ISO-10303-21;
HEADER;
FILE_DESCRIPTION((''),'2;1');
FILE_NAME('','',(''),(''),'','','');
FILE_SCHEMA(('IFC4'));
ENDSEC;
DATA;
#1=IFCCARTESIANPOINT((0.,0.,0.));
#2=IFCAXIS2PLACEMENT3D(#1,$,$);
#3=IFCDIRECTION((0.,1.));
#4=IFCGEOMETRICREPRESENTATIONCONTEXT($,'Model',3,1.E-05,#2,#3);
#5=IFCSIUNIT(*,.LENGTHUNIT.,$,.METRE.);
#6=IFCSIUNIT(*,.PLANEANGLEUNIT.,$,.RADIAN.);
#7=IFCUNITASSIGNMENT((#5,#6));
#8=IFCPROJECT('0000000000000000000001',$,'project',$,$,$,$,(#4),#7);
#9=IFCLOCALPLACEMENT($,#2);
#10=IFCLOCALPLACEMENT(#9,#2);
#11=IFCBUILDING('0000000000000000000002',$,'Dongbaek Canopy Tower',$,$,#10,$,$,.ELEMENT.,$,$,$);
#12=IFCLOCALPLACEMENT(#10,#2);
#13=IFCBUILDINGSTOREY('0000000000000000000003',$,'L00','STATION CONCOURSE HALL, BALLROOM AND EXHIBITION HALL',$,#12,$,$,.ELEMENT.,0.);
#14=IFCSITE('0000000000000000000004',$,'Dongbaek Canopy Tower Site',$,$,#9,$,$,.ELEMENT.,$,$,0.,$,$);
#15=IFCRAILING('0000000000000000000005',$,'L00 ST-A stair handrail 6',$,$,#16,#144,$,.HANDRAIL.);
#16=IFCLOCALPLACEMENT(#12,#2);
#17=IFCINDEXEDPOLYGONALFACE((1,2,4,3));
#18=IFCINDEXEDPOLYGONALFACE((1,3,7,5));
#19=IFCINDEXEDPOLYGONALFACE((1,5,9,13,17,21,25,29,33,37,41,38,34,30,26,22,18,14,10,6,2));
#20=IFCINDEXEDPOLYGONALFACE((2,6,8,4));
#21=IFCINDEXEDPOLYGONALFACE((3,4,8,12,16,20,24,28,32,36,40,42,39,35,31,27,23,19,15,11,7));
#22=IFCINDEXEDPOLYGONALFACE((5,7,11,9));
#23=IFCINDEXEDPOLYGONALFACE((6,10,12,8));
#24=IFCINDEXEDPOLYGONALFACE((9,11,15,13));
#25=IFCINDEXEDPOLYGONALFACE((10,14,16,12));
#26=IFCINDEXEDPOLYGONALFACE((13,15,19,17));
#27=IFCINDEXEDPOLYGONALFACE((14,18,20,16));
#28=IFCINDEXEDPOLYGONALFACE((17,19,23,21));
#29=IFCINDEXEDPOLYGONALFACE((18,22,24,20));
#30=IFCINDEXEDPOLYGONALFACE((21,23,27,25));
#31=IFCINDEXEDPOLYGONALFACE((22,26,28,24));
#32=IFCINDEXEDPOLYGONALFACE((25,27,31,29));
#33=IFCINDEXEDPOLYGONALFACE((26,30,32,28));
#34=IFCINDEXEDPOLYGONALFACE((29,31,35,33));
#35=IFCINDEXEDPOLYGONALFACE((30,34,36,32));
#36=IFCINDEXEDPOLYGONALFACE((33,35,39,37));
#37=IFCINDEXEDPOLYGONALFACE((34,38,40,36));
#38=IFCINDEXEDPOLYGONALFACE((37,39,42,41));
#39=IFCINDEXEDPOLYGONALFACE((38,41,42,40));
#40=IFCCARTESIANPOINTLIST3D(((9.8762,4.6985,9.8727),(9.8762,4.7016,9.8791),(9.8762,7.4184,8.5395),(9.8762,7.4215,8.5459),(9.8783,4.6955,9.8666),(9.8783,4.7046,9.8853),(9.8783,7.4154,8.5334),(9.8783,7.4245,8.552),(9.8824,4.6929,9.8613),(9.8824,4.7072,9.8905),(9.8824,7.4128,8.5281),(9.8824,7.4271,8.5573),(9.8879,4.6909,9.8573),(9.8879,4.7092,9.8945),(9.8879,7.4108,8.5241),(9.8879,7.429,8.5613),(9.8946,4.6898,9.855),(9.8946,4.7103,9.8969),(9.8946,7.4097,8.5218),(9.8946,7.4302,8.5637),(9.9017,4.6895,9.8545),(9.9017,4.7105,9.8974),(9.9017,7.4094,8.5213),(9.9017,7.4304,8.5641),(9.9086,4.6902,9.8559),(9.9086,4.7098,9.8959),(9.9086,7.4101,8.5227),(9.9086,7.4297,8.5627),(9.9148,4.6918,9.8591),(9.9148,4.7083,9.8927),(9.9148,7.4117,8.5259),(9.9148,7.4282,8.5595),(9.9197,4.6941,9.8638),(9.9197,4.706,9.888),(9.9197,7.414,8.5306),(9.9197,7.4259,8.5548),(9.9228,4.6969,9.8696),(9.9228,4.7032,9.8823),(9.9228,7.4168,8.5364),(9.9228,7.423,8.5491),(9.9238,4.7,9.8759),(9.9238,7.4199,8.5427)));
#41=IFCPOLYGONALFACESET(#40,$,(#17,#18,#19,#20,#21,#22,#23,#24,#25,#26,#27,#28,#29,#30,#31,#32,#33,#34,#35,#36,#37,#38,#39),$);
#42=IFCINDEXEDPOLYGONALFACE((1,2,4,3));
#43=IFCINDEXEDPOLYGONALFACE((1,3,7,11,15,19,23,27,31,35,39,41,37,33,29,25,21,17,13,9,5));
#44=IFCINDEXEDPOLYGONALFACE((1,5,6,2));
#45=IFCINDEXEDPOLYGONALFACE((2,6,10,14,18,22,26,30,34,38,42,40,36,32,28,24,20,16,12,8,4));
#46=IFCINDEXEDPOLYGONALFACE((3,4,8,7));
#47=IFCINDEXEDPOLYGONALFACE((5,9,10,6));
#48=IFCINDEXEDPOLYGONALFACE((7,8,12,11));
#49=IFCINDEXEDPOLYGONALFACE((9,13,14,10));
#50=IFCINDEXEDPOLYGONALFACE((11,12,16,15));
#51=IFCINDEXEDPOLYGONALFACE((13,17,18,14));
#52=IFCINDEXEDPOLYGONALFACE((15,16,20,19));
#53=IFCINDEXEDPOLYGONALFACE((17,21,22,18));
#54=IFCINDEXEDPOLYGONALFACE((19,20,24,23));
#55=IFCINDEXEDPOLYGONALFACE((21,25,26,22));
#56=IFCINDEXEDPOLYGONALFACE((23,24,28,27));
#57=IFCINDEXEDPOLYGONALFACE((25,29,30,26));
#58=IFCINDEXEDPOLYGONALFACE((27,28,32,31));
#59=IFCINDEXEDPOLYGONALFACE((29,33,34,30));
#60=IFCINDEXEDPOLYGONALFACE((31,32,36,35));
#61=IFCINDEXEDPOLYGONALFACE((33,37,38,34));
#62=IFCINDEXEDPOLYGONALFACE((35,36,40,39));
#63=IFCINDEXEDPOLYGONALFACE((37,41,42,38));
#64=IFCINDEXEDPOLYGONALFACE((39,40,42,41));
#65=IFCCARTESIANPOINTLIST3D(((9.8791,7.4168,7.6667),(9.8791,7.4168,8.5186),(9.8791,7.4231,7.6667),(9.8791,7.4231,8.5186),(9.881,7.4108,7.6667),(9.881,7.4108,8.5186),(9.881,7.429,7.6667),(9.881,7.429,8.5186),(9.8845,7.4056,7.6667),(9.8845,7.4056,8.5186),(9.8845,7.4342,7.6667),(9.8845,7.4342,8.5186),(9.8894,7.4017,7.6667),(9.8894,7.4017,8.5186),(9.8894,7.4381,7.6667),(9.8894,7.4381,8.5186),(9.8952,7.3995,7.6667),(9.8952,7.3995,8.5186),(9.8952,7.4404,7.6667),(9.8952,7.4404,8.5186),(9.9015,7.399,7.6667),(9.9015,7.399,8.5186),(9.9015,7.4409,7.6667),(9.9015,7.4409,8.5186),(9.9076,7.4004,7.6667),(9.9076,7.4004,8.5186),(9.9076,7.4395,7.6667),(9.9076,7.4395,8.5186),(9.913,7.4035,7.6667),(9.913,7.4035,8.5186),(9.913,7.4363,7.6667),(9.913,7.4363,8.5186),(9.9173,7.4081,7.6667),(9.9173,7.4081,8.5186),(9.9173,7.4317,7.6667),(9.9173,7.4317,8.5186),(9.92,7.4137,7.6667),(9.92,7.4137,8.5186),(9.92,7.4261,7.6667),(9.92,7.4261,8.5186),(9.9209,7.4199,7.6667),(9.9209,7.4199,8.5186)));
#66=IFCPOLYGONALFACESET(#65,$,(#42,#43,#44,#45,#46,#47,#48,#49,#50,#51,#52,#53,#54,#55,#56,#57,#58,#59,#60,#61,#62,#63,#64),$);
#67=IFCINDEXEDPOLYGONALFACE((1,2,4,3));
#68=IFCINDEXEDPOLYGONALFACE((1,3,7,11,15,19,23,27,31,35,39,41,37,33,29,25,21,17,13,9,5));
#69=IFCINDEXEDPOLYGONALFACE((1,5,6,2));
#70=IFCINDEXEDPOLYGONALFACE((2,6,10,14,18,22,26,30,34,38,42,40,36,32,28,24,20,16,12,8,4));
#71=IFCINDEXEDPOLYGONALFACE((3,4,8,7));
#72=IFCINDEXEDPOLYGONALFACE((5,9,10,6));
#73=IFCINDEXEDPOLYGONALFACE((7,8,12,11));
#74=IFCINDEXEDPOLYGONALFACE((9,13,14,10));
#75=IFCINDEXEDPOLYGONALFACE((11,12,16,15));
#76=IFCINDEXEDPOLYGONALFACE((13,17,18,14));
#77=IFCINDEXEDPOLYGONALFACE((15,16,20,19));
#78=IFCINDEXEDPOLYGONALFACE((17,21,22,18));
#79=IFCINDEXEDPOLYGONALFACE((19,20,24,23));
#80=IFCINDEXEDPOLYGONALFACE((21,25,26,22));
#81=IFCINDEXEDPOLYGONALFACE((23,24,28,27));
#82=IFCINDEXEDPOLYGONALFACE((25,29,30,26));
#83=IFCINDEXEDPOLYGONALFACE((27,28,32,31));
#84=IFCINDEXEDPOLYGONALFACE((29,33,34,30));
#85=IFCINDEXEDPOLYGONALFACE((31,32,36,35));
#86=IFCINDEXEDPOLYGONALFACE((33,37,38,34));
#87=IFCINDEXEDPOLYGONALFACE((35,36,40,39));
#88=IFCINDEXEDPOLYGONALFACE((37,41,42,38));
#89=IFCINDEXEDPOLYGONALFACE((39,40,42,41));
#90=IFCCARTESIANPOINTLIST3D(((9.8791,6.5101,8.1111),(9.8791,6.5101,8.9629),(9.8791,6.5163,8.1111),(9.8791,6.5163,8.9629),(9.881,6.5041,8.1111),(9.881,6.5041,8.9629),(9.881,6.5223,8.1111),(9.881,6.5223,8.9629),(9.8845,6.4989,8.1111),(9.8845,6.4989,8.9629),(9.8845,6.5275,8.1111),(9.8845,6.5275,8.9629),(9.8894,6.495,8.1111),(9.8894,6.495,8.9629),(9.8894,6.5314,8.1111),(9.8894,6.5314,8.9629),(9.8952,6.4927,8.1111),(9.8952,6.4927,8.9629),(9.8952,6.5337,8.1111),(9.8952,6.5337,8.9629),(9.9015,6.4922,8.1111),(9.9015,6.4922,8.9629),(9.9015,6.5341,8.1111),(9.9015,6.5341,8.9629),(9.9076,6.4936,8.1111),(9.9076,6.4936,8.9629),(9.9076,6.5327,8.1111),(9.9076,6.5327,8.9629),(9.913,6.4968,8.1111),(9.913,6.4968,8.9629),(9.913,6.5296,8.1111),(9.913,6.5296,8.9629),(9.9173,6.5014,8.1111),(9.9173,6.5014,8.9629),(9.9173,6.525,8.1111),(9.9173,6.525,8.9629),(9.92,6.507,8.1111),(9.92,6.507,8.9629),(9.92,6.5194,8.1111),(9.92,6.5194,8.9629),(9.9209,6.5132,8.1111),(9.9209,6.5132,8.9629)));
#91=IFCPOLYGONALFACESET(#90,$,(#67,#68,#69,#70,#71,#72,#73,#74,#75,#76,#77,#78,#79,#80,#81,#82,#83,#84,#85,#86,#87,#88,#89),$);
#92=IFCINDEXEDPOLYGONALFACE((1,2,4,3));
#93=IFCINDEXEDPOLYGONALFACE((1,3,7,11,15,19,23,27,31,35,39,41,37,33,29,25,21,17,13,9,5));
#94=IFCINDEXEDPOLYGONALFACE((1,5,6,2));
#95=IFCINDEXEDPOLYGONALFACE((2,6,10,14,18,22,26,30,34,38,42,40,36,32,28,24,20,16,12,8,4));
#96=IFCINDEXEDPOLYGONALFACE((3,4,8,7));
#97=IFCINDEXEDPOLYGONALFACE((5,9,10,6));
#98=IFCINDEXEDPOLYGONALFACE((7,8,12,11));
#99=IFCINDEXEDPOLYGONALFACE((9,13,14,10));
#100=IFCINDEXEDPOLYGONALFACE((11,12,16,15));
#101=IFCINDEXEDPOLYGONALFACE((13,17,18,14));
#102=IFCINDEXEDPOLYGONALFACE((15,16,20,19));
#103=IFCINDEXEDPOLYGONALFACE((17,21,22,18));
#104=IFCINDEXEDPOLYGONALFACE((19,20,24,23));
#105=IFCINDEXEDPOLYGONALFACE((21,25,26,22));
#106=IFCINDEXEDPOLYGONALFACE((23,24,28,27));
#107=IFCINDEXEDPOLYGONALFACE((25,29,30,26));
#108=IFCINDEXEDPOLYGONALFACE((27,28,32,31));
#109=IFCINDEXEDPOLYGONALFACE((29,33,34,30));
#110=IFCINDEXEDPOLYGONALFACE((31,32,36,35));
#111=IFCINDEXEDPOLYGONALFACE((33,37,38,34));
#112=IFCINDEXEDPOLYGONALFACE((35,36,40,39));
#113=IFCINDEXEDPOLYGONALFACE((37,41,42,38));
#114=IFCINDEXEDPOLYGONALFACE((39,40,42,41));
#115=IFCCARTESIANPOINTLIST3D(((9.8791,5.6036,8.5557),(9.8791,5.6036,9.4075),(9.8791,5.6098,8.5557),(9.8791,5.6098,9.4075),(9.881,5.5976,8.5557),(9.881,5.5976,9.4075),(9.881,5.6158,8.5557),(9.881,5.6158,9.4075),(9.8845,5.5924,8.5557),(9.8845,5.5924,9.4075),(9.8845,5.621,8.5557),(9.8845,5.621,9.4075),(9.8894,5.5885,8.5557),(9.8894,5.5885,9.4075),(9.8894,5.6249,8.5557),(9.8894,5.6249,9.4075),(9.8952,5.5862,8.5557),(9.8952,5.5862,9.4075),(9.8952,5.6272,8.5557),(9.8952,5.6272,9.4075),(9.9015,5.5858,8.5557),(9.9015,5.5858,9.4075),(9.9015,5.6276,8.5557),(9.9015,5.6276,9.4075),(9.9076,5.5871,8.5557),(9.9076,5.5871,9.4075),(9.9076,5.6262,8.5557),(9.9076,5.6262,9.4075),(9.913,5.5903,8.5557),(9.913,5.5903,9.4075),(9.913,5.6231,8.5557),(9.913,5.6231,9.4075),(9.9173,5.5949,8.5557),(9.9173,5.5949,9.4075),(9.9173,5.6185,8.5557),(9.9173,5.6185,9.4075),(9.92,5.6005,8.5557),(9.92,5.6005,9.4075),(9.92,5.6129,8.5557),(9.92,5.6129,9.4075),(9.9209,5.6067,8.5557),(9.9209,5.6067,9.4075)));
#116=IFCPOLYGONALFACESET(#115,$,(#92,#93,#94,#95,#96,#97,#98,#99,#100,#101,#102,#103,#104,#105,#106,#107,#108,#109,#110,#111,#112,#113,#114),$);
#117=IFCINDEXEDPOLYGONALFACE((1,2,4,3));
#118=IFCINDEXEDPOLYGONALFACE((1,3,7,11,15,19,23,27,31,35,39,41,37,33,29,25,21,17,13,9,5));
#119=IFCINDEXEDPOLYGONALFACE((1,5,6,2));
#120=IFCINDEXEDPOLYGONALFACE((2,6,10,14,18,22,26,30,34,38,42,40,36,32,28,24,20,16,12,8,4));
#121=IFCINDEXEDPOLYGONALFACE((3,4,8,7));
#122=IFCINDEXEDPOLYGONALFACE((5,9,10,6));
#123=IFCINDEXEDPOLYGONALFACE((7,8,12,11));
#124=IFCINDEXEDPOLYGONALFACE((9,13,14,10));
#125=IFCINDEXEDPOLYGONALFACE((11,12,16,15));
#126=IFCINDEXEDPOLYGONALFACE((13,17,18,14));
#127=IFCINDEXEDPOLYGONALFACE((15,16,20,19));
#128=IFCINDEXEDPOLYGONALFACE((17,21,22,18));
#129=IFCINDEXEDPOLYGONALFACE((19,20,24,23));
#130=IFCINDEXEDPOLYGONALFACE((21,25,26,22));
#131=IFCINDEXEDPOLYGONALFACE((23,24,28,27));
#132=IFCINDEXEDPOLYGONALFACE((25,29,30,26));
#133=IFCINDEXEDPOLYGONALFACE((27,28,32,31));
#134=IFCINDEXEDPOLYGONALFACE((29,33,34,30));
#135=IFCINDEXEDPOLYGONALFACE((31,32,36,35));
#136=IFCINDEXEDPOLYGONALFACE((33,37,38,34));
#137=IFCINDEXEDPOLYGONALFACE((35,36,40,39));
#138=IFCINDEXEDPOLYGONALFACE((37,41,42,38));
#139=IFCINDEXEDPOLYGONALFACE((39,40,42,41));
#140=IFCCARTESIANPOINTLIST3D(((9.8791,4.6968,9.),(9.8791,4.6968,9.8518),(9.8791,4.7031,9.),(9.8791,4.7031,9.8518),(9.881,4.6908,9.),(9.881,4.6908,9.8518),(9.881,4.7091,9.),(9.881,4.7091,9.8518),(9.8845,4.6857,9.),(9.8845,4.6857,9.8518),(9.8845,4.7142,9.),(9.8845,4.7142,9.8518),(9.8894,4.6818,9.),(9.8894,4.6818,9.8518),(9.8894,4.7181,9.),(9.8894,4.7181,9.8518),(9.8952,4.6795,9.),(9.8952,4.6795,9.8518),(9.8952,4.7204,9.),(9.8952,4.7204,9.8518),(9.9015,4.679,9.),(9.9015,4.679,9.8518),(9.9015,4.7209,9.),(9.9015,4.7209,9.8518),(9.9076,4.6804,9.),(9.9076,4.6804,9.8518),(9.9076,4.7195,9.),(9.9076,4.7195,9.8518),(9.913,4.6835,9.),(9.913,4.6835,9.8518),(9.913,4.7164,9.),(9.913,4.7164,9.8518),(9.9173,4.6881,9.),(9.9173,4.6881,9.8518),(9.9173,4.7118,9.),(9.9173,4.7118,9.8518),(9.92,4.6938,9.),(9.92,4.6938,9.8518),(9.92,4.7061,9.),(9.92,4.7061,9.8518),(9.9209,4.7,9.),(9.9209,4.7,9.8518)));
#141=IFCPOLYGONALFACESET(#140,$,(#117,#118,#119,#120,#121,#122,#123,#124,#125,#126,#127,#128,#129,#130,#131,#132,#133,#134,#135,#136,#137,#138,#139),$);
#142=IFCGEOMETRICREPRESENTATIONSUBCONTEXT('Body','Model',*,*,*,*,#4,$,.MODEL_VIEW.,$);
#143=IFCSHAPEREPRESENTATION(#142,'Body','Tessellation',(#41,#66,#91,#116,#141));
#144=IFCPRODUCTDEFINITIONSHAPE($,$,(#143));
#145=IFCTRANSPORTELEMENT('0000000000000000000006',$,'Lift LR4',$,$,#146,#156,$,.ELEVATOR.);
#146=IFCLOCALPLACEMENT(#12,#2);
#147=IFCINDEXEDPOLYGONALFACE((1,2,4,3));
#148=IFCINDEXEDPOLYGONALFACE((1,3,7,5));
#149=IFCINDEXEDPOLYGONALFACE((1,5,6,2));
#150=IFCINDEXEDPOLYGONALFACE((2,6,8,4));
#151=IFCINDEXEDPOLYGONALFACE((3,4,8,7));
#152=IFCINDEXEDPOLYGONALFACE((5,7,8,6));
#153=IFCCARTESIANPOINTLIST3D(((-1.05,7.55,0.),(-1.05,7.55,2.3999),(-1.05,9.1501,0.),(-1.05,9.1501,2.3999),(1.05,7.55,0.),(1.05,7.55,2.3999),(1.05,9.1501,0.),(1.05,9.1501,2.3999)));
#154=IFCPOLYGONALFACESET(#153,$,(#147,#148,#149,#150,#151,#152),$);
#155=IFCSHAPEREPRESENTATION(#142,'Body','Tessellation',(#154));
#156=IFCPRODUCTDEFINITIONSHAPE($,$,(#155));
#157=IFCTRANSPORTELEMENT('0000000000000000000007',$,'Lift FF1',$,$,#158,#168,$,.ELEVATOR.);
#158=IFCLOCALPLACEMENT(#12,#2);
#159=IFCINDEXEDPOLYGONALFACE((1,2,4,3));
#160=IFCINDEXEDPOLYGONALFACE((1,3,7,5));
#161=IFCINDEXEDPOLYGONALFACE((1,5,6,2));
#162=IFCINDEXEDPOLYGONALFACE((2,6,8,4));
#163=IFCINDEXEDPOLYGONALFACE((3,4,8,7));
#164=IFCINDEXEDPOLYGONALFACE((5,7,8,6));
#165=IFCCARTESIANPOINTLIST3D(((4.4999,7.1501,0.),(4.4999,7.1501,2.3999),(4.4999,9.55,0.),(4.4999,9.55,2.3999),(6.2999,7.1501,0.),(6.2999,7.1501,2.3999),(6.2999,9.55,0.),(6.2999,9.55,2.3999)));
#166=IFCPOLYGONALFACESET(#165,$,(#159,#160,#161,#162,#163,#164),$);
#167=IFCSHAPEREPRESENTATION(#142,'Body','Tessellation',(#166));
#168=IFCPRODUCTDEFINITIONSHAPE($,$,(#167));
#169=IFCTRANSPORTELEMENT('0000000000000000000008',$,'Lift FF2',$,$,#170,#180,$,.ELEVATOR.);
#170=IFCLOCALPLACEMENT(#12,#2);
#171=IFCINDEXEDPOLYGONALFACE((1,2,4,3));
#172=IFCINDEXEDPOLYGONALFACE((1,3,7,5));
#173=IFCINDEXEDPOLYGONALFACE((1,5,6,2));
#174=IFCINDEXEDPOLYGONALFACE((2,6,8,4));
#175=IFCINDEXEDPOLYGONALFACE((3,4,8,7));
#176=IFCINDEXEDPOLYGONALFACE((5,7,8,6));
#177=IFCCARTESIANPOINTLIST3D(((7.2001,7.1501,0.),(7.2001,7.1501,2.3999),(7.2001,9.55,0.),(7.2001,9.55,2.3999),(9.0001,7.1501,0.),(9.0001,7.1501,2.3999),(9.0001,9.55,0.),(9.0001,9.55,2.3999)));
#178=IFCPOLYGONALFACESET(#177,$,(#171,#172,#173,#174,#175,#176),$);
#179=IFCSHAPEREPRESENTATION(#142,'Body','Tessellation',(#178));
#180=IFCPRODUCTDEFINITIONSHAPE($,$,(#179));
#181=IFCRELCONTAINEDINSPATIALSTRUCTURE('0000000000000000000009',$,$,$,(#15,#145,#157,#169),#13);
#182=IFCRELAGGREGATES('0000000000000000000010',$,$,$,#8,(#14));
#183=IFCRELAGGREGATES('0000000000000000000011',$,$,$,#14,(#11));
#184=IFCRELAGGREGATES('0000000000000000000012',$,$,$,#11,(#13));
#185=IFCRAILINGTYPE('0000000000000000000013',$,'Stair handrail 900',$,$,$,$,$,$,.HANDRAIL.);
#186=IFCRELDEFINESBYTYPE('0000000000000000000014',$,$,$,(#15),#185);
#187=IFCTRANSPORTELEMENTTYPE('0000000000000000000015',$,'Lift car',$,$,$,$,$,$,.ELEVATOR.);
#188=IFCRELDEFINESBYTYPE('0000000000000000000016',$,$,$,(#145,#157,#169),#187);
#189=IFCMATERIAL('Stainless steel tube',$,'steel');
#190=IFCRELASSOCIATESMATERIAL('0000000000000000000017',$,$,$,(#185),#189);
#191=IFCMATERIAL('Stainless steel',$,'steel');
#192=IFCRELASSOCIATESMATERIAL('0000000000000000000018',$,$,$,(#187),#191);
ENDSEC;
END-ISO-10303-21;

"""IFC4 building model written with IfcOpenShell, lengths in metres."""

from ifc_helpers import new_model, si_unit, direction, frame, origin, origin_2d, place, context, subcontext, project, spatial, rectangle, circle, extrude, material, type_object, element, save


model = new_model("IFC4")

# Units and contexts
model_context = context("Model", 3, precision=1e-05, world=origin(), true_north=direction((0.0, 1.0)))
body_context = subcontext(model_context, "Body", "Model", "MODEL_VIEW")
ifc_project = project(units=[si_unit("LENGTHUNIT", "METRE"), si_unit("PLANEANGLEUNIT", "RADIAN")], contexts=[model_context])

# Site, building, storey
site_placement = place(None, origin())
site = spatial("IfcSite", under=ifc_project, at=site_placement, Name="Dongbaek Canopy Tower Site", CompositionType="ELEMENT", RefElevation=0.0)
building_placement = place(site_placement, origin())
building = spatial("IfcBuilding", under=site, at=building_placement, Name="Dongbaek Canopy Tower", CompositionType="ELEMENT")
storey_placement = place(building_placement, origin())
storey = spatial("IfcBuildingStorey", under=building, at=storey_placement, Name="L00", Description="STATION CONCOURSE HALL, BALLROOM AND EXHIBITION HALL", CompositionType="ELEMENT", Elevation=0.0)

# Railing
ifc_material_1 = material(Name="Stainless steel tube", Category="steel")
railing_type = type_object("IfcRailingType", Name="Stair handrail 900", PredefinedType="HANDRAIL", material=ifc_material_1)
for number, where, name in (
    (1, (9.8999, 7.4199, 7.6667), "L00 ST-A stair handrail 6"),
):
    element("IfcRailing", number, at=place(storey_placement, frame(where)), inside=storey, type_object=railing_type, Name=name, PredefinedType="HANDRAIL", context=body_context, shape_type="SweptSolid", body=[
        extrude(circle(Radius=0.0239, at=origin_2d()), frame((0.0, 0.0, 0.876), z_axis=(0.0, -0.897929, 0.440139), x_axis=(1.0, 0.0, 0.0)), (0.0, 0.0, 1.0), 3.0291),
        extrude(circle(Radius=0.021, at=origin_2d()), origin(), (0.0, 0.0, 1.0), 0.8518),
        extrude(circle(Radius=0.021, at=origin_2d()), frame((0.0, -0.9067, 0.4443)), (0.0, 0.0, 1.0), 0.8518),
        extrude(circle(Radius=0.021, at=origin_2d()), frame((0.0, -1.8132, 0.8889)), (0.0, 0.0, 1.0), 0.8518),
        extrude(circle(Radius=0.021, at=origin_2d()), frame((0.0, -2.72, 1.3333)), (0.0, 0.0, 1.0), 0.8518),
    ])

# Transport elements
ifc_material_2 = material(Name="Stainless steel", Category="steel")
transport_element_type = type_object("IfcTransportElementType", Name="Lift car", PredefinedType="ELEVATOR", material=ifc_material_2)
transport_element_placement = place(storey_placement, frame((0.0, 8.3501, 0.0), z_axis=(0.0, 0.0, 1.0), x_axis=(1.0, 0.0, 0.0)))
element("IfcTransportElement", 2, at=transport_element_placement, inside=storey, type_object=transport_element_type, Name="Lift LR4", PredefinedType="ELEVATOR", context=body_context, shape_type="SweptSolid", body=[
    extrude(rectangle(XDim=2.1001, YDim=1.6001, at=origin_2d()), origin(), (0.0, 0.0, 1.0), 2.3999),
])
for number, where, z_axis, x_axis, name in (
    (3, (5.3999, 8.3501, 0.0), (0.0, 0.0, 1.0), (1.0, 0.0, 0.0), "Lift FF1"),
    (4, (8.1001, 8.3501, 0.0), (0.0, 0.0, 1.0), (1.0, 0.0, 0.0), "Lift FF2"),
):
    element("IfcTransportElement", number, at=place(storey_placement, frame(where, z_axis=z_axis, x_axis=x_axis)), inside=storey, type_object=transport_element_type, Name=name, PredefinedType="ELEVATOR", context=body_context, shape_type="SweptSolid", body=[
        extrude(rectangle(XDim=1.8, YDim=2.3999, at=origin_2d()), origin(), (0.0, 0.0, 1.0), 2.3999),
    ])

save(model, "model.ifc")
